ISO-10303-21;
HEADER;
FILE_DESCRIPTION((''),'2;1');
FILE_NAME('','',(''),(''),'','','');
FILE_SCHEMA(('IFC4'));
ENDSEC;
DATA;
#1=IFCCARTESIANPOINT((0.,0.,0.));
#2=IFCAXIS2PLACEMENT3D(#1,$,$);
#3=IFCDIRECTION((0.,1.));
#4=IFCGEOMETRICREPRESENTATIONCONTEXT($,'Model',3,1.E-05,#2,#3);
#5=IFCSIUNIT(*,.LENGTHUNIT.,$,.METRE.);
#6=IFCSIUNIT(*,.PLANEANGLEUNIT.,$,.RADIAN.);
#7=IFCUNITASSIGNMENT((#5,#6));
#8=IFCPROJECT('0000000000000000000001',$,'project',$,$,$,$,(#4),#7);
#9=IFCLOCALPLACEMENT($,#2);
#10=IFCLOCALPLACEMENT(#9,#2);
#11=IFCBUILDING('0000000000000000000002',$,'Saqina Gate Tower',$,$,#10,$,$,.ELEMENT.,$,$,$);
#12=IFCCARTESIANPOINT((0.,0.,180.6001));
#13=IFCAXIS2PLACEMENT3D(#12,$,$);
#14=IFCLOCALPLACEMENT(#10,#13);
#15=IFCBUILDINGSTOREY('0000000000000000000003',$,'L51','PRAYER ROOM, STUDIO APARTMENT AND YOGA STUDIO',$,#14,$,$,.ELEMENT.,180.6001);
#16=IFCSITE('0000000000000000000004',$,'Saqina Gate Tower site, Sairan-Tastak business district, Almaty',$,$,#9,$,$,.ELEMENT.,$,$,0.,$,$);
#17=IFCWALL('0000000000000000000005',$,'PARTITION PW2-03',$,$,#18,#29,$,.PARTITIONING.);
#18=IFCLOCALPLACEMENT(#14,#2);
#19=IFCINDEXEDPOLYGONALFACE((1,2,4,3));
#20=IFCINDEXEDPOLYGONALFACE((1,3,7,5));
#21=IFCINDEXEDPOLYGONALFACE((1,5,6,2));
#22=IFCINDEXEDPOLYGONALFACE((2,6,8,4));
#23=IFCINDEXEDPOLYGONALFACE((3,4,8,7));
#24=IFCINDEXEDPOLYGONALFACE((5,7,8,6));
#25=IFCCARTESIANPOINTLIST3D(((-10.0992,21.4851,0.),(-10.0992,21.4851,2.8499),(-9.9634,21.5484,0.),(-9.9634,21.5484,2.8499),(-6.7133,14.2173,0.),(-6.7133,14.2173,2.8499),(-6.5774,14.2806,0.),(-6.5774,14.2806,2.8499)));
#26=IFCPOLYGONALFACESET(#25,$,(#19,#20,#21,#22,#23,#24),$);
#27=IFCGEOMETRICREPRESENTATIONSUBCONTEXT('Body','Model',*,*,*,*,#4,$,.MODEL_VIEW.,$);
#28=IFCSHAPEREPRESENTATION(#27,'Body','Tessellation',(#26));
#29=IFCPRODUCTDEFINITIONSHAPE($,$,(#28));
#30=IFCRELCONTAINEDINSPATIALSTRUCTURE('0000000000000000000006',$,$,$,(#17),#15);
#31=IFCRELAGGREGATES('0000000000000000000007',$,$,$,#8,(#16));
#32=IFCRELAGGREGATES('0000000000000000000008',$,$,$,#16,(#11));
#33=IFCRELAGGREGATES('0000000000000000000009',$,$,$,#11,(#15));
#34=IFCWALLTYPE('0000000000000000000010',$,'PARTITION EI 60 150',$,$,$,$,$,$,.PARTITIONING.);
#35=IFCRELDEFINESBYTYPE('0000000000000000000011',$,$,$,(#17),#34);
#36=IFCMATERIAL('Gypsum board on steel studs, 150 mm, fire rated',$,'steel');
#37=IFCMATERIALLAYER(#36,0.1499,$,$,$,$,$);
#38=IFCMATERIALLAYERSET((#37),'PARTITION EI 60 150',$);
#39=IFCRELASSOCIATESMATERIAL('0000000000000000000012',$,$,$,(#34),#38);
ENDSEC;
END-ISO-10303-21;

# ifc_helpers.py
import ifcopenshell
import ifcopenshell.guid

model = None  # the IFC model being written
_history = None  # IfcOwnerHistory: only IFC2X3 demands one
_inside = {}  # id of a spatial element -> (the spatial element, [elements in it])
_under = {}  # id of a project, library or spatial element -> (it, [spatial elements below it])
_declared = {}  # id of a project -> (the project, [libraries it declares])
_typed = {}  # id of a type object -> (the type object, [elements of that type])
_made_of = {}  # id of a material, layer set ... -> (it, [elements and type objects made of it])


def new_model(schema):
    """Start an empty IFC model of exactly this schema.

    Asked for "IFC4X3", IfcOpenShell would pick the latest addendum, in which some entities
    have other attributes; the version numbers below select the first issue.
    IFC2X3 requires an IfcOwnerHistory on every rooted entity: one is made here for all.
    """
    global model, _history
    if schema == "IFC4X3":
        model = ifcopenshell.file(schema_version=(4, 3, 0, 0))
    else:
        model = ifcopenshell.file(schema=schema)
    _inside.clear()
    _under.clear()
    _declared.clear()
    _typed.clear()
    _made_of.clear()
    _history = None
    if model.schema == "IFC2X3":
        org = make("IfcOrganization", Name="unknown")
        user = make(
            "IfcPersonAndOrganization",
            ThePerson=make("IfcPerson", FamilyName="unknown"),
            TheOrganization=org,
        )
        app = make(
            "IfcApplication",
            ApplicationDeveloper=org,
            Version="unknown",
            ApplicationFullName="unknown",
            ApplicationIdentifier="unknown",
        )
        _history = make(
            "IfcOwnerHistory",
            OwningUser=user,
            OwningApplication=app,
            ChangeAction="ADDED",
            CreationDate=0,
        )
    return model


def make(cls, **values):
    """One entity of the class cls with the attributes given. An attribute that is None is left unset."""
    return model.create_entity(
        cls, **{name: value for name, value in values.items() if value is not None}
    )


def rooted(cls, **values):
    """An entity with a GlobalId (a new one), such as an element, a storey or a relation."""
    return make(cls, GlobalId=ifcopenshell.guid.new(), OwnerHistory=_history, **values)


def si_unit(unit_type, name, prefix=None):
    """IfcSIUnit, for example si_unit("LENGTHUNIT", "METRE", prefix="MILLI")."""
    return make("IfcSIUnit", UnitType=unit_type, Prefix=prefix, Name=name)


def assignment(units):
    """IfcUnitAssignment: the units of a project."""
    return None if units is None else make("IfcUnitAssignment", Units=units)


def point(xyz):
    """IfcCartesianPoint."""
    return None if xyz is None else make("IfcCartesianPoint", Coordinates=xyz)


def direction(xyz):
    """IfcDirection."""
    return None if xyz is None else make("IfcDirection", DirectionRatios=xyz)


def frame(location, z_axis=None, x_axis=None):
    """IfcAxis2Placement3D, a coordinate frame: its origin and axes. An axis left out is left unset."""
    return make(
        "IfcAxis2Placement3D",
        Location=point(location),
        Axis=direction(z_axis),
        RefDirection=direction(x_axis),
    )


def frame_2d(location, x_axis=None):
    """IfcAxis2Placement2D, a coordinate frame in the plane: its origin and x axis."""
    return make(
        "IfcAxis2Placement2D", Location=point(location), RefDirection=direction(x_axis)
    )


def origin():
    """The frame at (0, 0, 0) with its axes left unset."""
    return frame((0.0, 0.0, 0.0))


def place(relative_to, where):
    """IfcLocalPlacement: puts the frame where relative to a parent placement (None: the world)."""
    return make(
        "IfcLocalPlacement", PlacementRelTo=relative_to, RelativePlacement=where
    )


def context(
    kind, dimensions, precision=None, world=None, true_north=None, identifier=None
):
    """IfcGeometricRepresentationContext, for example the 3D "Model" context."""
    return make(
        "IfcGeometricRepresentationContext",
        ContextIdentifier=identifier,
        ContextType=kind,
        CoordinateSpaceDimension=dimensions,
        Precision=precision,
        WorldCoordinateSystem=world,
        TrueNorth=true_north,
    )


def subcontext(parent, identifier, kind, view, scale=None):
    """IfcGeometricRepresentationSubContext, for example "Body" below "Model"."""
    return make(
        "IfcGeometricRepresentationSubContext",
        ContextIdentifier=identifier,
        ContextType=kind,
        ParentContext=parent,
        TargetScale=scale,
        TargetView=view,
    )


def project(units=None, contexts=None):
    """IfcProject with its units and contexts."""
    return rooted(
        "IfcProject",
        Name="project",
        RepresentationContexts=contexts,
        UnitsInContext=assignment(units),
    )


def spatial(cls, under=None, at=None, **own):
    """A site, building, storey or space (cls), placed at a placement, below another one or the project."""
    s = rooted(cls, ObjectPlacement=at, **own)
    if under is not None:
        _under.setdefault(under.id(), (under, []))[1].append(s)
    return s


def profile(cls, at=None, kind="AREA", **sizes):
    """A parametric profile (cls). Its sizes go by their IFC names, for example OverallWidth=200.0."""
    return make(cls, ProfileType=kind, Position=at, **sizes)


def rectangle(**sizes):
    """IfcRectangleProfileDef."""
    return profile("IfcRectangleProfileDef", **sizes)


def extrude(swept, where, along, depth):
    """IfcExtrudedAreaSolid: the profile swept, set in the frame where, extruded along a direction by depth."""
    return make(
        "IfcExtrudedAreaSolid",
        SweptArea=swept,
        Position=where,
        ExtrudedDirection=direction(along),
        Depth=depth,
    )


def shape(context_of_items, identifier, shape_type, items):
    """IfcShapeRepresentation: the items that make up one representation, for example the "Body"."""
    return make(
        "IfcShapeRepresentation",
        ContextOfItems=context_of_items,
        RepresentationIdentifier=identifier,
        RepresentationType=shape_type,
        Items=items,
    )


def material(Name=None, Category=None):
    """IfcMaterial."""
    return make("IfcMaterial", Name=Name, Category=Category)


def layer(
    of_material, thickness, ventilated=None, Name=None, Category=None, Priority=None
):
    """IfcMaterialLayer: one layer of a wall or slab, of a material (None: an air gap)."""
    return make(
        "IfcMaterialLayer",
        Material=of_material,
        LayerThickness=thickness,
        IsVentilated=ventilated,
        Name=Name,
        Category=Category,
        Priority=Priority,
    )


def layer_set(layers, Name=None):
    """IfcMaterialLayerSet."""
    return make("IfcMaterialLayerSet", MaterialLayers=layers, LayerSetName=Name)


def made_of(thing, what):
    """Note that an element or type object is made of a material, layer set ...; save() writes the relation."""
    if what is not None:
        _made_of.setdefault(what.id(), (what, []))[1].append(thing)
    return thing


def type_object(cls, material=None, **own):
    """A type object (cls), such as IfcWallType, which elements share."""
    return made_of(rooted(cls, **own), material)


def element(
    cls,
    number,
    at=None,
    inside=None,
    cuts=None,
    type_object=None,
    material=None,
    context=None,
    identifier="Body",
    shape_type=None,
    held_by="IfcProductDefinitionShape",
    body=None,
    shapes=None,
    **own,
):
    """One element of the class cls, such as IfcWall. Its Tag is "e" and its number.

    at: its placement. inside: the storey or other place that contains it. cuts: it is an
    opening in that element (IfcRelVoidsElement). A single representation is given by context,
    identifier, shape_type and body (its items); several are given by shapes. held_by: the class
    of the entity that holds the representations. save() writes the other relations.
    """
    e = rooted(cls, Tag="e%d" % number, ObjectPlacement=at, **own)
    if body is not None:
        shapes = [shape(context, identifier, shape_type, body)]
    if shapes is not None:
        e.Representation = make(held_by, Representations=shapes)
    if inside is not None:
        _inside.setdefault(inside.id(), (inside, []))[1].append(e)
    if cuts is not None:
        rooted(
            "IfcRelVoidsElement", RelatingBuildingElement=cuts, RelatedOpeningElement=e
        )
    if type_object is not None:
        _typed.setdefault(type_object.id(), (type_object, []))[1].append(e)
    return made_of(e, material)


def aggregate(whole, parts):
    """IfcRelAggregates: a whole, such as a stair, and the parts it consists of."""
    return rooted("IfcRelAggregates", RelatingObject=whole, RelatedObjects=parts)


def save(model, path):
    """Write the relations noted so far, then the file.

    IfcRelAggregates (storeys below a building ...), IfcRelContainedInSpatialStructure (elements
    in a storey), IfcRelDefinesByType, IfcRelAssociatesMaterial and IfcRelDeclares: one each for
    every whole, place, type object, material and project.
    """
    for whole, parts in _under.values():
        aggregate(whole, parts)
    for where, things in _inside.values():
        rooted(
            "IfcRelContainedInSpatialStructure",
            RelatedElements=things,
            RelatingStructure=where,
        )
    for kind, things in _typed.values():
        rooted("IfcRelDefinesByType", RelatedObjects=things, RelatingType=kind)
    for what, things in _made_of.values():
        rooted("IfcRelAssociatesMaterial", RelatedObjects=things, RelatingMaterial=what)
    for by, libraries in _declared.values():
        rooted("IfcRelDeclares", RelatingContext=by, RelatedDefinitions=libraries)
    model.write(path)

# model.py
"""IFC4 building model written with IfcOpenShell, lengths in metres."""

from ifc_helpers import new_model, si_unit, direction, frame, frame_2d, origin, place, context, subcontext, project, spatial, rectangle, extrude, material, layer, layer_set, type_object, element, save


model = new_model("IFC4")

# Units and contexts
model_context = context("Model", 3, precision=1e-05, world=origin(), true_north=direction((0.0, 1.0)))
body_context = subcontext(model_context, "Body", "Model", "MODEL_VIEW")
ifc_project = project(units=[si_unit("LENGTHUNIT", "METRE"), si_unit("PLANEANGLEUNIT", "RADIAN")], contexts=[model_context])

# Site, building, storey
site_placement = place(None, origin())
site = spatial("IfcSite", under=ifc_project, at=site_placement, Name="Saqina Gate Tower site, Sairan-Tastak business district, Almaty", CompositionType="ELEMENT", RefElevation=0.0)
building_placement = place(site_placement, origin())
building = spatial("IfcBuilding", under=site, at=building_placement, Name="Saqina Gate Tower", CompositionType="ELEMENT")
storey_placement = place(building_placement, frame((0.0, 0.0, 180.6001)))
storey = spatial("IfcBuildingStorey", under=building, at=storey_placement, Name="L51", Description="PRAYER ROOM, STUDIO APARTMENT AND YOGA STUDIO", CompositionType="ELEMENT", Elevation=180.6001)

# Wall
ifc_material_1 = material(Name="Gypsum board on steel studs, 150 mm, fire rated", Category="steel")
ifc_layer_1 = layer(ifc_material_1, 0.1499)
ifc_layer_set_1 = layer_set([ifc_layer_1], Name="PARTITION EI 60 150")
wall_type_1 = type_object("IfcWallType", Name="PARTITION EI 60 150", PredefinedType="PARTITIONING", material=ifc_layer_set_1)
wall_1_placement = place(storey_placement, frame((-10.0312, 21.5166, 0.0), z_axis=(0.0, 0.0, 1.0), x_axis=(0.422305, -0.906454, 0.0)))
element("IfcWall", 1, at=wall_1_placement, inside=storey, type_object=wall_type_1, Name="PARTITION PW2-03", PredefinedType="PARTITIONING", context=body_context, shape_type="SweptSolid", body=[
    extrude(rectangle(XDim=8.0178, YDim=0.1499, at=frame_2d((4.0088, 0.0))), origin(), (0.0, 0.0, 1.0), 2.8499),
])

save(model, "model.ifc")
